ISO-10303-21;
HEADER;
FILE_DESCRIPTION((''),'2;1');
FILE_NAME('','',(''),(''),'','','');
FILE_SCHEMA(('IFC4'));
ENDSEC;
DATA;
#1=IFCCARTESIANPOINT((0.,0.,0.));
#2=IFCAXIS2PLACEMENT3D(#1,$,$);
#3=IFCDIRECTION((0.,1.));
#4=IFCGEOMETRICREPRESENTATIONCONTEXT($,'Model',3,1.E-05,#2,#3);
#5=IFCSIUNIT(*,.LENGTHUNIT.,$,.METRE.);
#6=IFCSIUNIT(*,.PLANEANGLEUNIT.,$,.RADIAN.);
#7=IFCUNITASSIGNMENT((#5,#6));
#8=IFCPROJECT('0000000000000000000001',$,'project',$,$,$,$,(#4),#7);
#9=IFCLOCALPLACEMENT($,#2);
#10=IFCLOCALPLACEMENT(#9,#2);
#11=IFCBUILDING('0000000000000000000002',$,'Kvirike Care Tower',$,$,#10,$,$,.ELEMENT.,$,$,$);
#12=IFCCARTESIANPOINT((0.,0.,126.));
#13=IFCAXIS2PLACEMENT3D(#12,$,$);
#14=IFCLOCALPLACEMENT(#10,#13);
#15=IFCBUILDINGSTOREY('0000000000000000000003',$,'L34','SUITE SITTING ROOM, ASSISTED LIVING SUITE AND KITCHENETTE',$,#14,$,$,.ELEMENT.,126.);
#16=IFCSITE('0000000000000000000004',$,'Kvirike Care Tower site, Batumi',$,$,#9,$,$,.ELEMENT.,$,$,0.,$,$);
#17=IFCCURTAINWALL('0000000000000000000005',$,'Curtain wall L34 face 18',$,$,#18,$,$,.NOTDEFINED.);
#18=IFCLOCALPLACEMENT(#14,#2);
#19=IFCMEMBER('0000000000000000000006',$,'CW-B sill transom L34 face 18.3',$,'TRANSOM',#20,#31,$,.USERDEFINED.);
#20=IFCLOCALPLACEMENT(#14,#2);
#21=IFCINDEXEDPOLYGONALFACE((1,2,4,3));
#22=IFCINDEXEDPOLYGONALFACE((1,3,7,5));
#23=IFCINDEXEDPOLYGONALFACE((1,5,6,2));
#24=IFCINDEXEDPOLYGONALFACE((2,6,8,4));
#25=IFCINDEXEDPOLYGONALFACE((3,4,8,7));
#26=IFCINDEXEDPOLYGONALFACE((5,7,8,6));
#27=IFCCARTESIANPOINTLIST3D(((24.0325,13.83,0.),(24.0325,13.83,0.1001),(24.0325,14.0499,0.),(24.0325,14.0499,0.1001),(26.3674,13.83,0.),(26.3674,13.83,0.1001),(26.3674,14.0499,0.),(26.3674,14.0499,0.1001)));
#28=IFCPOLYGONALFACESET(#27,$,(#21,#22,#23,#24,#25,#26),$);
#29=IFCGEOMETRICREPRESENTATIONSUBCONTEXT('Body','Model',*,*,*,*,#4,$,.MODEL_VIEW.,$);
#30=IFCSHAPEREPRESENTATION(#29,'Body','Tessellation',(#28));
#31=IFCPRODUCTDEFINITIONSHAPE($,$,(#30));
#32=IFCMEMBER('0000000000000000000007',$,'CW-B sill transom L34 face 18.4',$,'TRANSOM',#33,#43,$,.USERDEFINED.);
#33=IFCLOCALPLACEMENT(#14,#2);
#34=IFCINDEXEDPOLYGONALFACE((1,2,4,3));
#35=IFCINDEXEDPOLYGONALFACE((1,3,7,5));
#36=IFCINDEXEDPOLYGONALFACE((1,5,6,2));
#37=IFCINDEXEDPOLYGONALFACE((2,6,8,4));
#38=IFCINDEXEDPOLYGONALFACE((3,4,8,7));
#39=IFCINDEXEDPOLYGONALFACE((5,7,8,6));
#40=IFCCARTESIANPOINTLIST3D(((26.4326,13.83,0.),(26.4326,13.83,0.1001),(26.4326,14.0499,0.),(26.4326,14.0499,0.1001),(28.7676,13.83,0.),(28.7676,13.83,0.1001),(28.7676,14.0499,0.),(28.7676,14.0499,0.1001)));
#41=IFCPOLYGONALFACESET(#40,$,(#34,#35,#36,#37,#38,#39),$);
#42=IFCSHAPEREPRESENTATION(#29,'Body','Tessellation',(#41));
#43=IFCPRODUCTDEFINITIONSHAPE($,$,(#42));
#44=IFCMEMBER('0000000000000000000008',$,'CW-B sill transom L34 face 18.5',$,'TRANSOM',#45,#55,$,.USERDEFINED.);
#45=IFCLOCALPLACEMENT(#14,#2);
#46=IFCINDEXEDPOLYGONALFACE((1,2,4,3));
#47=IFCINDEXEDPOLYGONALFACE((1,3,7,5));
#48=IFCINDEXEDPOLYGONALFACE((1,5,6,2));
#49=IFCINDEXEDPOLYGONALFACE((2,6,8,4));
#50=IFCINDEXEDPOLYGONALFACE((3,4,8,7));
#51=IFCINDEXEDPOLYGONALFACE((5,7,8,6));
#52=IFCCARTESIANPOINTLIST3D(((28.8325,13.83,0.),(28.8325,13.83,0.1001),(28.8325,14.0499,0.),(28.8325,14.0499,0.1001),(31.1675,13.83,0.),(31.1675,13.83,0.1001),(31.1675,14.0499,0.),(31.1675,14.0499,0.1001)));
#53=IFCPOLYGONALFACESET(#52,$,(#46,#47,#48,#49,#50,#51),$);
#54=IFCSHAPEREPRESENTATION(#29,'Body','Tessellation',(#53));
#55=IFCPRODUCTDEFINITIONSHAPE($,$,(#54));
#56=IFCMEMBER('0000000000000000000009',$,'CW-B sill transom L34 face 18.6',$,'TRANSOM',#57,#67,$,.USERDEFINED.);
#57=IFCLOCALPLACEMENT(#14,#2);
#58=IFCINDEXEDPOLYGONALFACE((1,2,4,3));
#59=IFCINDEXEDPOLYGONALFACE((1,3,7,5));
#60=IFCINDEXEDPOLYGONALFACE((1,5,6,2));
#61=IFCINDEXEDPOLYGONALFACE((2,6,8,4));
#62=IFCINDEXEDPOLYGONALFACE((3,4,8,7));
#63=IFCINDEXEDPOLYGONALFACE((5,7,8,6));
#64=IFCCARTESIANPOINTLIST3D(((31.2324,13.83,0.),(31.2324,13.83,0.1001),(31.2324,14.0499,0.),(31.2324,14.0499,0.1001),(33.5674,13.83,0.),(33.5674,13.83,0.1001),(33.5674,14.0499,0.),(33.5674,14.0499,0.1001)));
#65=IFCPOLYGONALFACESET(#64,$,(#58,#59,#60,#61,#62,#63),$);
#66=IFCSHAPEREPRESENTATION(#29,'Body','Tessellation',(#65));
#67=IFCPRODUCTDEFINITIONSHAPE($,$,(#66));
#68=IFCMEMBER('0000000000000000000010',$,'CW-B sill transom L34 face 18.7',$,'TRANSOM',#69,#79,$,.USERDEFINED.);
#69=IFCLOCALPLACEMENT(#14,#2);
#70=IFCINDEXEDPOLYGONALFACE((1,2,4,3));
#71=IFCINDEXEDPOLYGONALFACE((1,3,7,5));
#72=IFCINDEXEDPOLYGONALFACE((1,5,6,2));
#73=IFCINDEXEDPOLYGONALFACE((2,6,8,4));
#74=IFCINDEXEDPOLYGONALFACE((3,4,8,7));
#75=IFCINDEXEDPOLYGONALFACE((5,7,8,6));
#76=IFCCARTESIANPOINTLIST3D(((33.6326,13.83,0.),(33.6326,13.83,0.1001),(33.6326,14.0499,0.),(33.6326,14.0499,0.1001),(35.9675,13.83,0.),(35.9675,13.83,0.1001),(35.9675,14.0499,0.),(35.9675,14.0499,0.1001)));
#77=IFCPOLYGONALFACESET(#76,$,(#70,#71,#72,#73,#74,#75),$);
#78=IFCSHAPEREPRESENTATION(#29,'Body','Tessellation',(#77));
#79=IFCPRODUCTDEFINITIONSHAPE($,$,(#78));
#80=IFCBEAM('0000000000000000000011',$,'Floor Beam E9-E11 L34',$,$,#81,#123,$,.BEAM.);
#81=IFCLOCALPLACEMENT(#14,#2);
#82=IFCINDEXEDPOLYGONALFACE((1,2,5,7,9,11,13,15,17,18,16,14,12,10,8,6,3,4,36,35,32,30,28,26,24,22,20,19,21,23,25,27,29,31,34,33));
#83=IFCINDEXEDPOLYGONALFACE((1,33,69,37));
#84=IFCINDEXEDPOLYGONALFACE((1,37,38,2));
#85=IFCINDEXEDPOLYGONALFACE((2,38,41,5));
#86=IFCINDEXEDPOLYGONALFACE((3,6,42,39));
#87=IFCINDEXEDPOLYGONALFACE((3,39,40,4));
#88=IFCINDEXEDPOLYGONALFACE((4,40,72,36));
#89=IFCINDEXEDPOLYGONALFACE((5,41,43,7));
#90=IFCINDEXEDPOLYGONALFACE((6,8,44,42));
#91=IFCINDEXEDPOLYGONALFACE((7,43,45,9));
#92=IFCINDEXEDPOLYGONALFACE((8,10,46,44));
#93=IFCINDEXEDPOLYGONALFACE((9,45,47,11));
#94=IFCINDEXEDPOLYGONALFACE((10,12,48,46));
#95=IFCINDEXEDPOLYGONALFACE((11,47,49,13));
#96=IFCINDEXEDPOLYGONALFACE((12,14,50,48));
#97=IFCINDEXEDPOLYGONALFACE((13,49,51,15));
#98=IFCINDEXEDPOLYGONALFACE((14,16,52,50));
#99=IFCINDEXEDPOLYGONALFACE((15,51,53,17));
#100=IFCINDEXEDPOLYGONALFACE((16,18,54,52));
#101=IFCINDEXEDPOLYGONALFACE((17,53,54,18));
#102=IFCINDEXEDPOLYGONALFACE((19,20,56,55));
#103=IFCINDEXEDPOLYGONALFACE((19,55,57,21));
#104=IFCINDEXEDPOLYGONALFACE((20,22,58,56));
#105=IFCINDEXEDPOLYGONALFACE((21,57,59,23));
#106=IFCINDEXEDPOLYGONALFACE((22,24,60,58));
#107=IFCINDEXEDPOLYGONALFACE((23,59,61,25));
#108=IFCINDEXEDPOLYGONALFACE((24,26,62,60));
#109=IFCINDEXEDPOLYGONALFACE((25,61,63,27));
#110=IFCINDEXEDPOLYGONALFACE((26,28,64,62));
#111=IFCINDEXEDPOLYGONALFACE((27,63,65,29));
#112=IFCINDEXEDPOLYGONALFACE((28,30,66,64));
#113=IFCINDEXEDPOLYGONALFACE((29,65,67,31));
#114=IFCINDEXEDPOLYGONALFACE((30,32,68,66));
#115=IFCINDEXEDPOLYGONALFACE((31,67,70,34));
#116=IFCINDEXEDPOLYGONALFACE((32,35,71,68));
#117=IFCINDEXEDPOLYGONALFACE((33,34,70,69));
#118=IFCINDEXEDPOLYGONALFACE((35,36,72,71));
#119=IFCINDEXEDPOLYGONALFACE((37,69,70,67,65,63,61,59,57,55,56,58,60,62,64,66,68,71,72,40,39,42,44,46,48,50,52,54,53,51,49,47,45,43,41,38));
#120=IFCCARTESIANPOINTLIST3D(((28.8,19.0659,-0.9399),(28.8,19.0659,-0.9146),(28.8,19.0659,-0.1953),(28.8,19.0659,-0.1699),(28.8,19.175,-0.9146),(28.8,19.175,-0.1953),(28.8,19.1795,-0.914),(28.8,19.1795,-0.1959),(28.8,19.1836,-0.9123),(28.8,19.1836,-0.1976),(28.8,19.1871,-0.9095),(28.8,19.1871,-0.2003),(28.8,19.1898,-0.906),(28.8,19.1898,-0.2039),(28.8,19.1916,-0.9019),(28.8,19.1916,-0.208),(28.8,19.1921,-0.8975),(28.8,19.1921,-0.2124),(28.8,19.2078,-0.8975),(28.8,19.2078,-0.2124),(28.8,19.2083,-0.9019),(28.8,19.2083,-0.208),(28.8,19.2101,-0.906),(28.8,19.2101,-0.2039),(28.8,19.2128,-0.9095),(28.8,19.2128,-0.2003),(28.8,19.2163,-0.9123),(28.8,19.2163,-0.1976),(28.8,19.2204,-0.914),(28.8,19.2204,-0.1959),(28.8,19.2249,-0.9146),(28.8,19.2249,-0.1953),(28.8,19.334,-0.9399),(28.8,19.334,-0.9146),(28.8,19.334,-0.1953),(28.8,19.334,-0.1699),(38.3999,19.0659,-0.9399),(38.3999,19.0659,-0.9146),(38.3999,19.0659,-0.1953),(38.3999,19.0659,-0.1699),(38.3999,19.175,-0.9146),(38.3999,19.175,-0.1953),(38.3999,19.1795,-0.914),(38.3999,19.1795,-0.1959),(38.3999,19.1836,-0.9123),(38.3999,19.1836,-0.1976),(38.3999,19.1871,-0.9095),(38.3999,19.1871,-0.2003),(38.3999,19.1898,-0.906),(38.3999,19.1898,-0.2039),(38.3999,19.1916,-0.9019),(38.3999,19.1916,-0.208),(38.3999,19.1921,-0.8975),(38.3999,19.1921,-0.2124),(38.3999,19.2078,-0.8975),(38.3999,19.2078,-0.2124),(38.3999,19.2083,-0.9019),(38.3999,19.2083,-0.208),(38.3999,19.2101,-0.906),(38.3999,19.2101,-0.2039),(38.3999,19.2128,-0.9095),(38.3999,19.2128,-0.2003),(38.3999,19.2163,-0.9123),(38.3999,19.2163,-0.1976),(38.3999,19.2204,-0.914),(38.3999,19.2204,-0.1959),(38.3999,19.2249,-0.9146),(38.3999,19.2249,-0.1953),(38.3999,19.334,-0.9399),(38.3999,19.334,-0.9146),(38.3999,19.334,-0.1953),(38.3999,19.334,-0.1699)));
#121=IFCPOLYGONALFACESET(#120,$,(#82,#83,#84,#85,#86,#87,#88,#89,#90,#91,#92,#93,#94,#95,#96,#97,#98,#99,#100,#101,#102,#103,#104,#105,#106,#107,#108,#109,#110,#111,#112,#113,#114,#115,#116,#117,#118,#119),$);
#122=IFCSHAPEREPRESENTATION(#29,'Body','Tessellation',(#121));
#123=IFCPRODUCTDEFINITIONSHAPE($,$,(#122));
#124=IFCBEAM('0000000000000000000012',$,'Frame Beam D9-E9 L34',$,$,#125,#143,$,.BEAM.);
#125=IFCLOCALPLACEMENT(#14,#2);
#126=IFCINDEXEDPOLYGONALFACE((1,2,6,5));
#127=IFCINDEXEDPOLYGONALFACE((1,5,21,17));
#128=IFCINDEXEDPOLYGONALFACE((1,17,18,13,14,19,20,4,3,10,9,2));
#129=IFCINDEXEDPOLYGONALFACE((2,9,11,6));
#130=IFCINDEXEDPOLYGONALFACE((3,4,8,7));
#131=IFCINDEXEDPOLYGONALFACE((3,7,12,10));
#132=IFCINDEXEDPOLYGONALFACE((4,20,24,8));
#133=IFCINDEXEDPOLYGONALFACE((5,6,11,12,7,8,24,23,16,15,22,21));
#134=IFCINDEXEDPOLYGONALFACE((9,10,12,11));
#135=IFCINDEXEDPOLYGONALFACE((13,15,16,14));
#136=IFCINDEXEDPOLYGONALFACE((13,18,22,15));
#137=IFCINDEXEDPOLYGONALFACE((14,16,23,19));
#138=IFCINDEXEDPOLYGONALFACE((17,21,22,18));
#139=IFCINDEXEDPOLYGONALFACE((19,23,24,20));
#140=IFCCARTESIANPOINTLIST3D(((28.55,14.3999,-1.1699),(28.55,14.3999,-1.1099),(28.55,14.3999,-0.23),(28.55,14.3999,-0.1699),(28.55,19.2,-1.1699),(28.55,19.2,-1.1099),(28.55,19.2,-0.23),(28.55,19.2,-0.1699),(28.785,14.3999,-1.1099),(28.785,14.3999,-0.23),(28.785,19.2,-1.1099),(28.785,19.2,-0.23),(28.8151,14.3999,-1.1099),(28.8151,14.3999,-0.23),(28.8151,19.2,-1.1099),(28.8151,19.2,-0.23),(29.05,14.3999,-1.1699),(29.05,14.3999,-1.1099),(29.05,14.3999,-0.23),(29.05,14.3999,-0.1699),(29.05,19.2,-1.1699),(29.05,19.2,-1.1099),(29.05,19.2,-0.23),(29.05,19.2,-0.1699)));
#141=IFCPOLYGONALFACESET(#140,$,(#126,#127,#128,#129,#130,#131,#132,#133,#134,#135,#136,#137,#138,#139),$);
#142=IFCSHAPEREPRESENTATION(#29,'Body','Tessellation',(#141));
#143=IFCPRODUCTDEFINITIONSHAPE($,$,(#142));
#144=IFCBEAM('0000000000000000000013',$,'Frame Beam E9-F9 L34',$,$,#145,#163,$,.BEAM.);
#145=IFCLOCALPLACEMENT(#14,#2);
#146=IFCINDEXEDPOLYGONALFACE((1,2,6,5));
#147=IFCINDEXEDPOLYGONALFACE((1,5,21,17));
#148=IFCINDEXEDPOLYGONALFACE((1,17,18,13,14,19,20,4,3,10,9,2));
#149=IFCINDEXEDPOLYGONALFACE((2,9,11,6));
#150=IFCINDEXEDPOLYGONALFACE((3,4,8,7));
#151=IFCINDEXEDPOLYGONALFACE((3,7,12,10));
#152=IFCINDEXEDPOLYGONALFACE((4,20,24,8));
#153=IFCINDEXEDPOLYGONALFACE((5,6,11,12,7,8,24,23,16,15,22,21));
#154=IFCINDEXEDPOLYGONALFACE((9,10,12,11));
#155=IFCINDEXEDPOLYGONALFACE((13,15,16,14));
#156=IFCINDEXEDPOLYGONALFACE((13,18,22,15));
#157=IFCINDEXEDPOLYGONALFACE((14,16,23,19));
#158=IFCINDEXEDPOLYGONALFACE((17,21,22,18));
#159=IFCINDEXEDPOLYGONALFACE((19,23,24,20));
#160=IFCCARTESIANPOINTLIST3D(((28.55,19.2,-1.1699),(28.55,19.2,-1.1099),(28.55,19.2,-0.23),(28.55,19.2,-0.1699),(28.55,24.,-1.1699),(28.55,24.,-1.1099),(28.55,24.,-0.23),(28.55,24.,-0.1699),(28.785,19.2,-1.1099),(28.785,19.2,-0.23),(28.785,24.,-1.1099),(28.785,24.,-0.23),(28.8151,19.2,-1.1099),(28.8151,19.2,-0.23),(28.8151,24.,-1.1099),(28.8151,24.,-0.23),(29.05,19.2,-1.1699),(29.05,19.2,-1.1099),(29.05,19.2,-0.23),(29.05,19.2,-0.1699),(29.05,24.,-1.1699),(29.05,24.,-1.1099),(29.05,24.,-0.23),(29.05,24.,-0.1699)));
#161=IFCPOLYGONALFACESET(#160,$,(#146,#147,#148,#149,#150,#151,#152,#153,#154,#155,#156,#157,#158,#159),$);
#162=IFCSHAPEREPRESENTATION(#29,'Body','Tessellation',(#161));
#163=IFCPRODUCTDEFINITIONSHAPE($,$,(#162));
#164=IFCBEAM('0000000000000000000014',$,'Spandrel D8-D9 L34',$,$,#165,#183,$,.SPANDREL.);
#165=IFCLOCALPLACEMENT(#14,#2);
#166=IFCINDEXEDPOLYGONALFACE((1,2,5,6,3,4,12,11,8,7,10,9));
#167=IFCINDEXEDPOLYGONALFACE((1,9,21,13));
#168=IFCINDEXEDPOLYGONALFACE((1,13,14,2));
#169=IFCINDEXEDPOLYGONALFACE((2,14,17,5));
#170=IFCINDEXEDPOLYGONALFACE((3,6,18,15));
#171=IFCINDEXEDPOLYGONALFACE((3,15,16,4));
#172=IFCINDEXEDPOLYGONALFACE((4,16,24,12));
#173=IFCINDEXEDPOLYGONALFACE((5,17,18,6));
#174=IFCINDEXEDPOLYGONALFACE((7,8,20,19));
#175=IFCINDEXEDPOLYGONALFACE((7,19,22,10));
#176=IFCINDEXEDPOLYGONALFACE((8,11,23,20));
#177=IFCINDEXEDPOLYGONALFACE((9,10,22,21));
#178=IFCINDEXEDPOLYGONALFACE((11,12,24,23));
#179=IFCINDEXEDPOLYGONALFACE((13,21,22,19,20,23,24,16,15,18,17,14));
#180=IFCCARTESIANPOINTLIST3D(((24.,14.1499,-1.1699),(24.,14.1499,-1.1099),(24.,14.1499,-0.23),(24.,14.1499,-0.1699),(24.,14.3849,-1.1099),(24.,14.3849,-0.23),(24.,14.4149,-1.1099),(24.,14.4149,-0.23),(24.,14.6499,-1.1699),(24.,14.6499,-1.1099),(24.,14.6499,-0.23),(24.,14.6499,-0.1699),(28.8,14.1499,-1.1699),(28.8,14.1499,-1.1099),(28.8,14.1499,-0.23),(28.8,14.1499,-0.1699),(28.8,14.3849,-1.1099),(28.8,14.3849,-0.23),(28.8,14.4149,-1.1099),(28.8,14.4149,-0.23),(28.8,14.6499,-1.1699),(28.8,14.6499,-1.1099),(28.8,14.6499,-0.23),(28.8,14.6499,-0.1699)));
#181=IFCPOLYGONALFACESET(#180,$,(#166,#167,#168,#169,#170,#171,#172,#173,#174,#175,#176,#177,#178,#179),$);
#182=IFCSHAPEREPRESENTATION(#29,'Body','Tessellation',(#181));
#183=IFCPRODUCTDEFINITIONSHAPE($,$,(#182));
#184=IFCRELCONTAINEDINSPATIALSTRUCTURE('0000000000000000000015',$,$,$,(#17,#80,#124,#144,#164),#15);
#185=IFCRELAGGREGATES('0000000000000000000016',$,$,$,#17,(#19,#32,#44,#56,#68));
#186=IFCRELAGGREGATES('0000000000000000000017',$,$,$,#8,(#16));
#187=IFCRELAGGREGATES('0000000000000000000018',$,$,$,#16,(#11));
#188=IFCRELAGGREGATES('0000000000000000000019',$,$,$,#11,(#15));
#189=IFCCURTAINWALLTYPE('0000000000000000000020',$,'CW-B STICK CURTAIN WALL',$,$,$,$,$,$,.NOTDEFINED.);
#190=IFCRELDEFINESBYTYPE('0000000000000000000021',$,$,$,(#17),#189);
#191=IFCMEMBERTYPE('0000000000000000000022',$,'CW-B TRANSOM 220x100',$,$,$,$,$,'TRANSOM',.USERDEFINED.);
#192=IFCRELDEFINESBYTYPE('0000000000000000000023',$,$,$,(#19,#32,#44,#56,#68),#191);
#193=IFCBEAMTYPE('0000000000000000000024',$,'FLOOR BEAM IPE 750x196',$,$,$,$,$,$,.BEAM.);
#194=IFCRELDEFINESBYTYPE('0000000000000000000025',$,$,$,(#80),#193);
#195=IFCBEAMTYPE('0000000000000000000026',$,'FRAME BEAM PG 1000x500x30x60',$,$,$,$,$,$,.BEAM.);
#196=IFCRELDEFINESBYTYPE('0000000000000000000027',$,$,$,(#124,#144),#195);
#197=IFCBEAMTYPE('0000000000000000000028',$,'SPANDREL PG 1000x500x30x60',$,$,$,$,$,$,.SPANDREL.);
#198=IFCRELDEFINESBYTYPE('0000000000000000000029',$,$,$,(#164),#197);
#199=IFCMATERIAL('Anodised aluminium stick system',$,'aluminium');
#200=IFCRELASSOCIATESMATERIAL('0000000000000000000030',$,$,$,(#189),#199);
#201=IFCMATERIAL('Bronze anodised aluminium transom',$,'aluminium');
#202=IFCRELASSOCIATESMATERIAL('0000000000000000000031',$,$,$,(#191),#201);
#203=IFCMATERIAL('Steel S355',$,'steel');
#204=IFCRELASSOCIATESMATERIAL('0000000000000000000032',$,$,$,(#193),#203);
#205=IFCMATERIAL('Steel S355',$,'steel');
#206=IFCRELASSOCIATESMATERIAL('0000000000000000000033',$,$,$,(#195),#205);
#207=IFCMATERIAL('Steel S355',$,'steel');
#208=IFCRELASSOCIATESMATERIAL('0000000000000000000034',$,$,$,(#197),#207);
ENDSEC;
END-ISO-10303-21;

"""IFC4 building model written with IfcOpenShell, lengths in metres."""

from ifc_helpers import new_model, si_unit, direction, frame, origin, origin_2d, place, context, subcontext, project, spatial, rectangle, i_section, extrude, material, material_profile, profile_set, type_object, element, aggregate, save


model = new_model("IFC4")

# Units and contexts
model_context = context("Model", 3, precision=1e-05, world=origin(), true_north=direction((0.0, 1.0)))
body_context = subcontext(model_context, "Body", "Model", "MODEL_VIEW")
ifc_project = project(units=[si_unit("LENGTHUNIT", "METRE"), si_unit("PLANEANGLEUNIT", "RADIAN")], contexts=[model_context])

# Site, building, storey
site_placement = place(None, origin())
site = spatial("IfcSite", under=ifc_project, at=site_placement, Name="Kvirike Care Tower site, Batumi", CompositionType="ELEMENT", RefElevation=0.0)
building_placement = place(site_placement, origin())
building = spatial("IfcBuilding", under=site, at=building_placement, Name="Kvirike Care Tower", CompositionType="ELEMENT")
storey_placement = place(building_placement, frame((0.0, 0.0, 126.0)))
storey = spatial("IfcBuildingStorey", under=building, at=storey_placement, Name="L34", Description="SUITE SITTING ROOM, ASSISTED LIVING SUITE AND KITCHENETTE", CompositionType="ELEMENT", Elevation=126.0)

# Curtain wall, members
ifc_material_1 = material(Name="Anodised aluminium stick system", Category="aluminium")
curtain_wall_type = type_object("IfcCurtainWallType", Name="CW-B STICK CURTAIN WALL", PredefinedType="NOTDEFINED", material=ifc_material_1)
curtain_wall_placement = place(storey_placement, origin())
curtain_wall = element("IfcCurtainWall", 1, at=curtain_wall_placement, inside=storey, type_object=curtain_wall_type, Name="Curtain wall L34 face 18", PredefinedType="NOTDEFINED")
ifc_material_2 = material(Name="Bronze anodised aluminium transom", Category="aluminium")
ifc_material_profile_1 = material_profile(ifc_material_2, rectangle(XDim=0.22, YDim=0.1001, at=origin_2d()), Name="CW-B TRANSOM 220x100")
ifc_profile_set_1 = profile_set([ifc_material_profile_1], Name="Bronze anodised aluminium transom")
member_type_1 = type_object("IfcMemberType", Name="CW-B TRANSOM 220x100", ElementType="TRANSOM", PredefinedType="USERDEFINED", material=ifc_profile_set_1)
member_1_placement = place(storey_placement, frame((24.0325, 13.9399, 0.05), z_axis=(1.0, 0.0, 0.0), x_axis=(0.0, 1.0, 0.0)))
member_1 = element("IfcMember", 2, at=member_1_placement, type_object=member_type_1, Name="CW-B sill transom L34 face 18.3", ObjectType="TRANSOM", PredefinedType="USERDEFINED", context=body_context, shape_type="SweptSolid", body=[
    extrude(rectangle(XDim=0.22, YDim=0.1001, at=origin_2d()), origin(), (0.0, 0.0, 1.0), 2.335),
])
member_2_placement = place(storey_placement, frame((26.4326, 13.9399, 0.05), z_axis=(1.0, 0.0, 0.0), x_axis=(0.0, 1.0, 0.0)))
member_2 = element("IfcMember", 3, at=member_2_placement, type_object=member_type_1, Name="CW-B sill transom L34 face 18.4", ObjectType="TRANSOM", PredefinedType="USERDEFINED", context=body_context, shape_type="SweptSolid", body=[
    extrude(rectangle(XDim=0.22, YDim=0.1001, at=origin_2d()), origin(), (0.0, 0.0, 1.0), 2.335),
])
member_3_placement = place(storey_placement, frame((28.8325, 13.9399, 0.05), z_axis=(1.0, 0.0, 0.0), x_axis=(0.0, 1.0, 0.0)))
member_3 = element("IfcMember", 4, at=member_3_placement, type_object=member_type_1, Name="CW-B sill transom L34 face 18.5", ObjectType="TRANSOM", PredefinedType="USERDEFINED", context=body_context, shape_type="SweptSolid", body=[
    extrude(rectangle(XDim=0.22, YDim=0.1001, at=origin_2d()), origin(), (0.0, 0.0, 1.0), 2.335),
])
member_4_placement = place(storey_placement, frame((31.2324, 13.9399, 0.05), z_axis=(1.0, 0.0, 0.0), x_axis=(0.0, 1.0, 0.0)))
member_4 = element("IfcMember", 5, at=member_4_placement, type_object=member_type_1, Name="CW-B sill transom L34 face 18.6", ObjectType="TRANSOM", PredefinedType="USERDEFINED", context=body_context, shape_type="SweptSolid", body=[
    extrude(rectangle(XDim=0.22, YDim=0.1001, at=origin_2d()), origin(), (0.0, 0.0, 1.0), 2.335),
])
member_5_placement = place(storey_placement, frame((33.6326, 13.9399, 0.05), z_axis=(1.0, 0.0, 0.0), x_axis=(0.0, 1.0, 0.0)))
member_5 = element("IfcMember", 6, at=member_5_placement, type_object=member_type_1, Name="CW-B sill transom L34 face 18.7", ObjectType="TRANSOM", PredefinedType="USERDEFINED", context=body_context, shape_type="SweptSolid", body=[
    extrude(rectangle(XDim=0.22, YDim=0.1001, at=origin_2d()), origin(), (0.0, 0.0, 1.0), 2.335),
])

# Beams
ifc_material_3 = material(Name="Steel S355", Category="steel")
ifc_material_profile_2 = material_profile(ifc_material_3, i_section(OverallWidth=0.2681, OverallDepth=0.77, WebThickness=0.0156, FlangeThickness=0.0254, FilletRadius=0.0171, at=origin_2d()), Name="IPE 750x196")
ifc_profile_set_2 = profile_set([ifc_material_profile_2], Name="Steel S355")
beam_type_1 = type_object("IfcBeamType", Name="FLOOR BEAM IPE 750x196", PredefinedType="BEAM", material=ifc_profile_set_2)
beam_1_placement = place(storey_placement, frame((28.8, 19.2, -0.5549), z_axis=(1.0, 0.0, 0.0), x_axis=(0.0, 1.0, 0.0)))
element("IfcBeam", 7, at=beam_1_placement, inside=storey, type_object=beam_type_1, Name="Floor Beam E9-E11 L34", PredefinedType="BEAM", context=body_context, shape_type="SweptSolid", body=[
    extrude(i_section(OverallWidth=0.2681, OverallDepth=0.77, WebThickness=0.0156, FlangeThickness=0.0254, FilletRadius=0.0171, at=origin_2d()), origin(), (0.0, 0.0, 1.0), 9.5999),
])
ifc_material_4 = material(Name="Steel S355", Category="steel")
ifc_material_profile_3 = material_profile(ifc_material_4, i_section(OverallWidth=0.5, OverallDepth=1.0, WebThickness=0.03, FlangeThickness=0.0601, at=origin_2d()), Name="PG 1000x500x30x60")
ifc_profile_set_3 = profile_set([ifc_material_profile_3], Name="Steel S355")
beam_type_2 = type_object("IfcBeamType", Name="FRAME BEAM PG 1000x500x30x60", PredefinedType="BEAM", material=ifc_profile_set_3)
for number, where, z_axis, x_axis, name in (
    (8, (28.8, 14.3999, -0.6699), (0.0, 1.0, 0.0), (-1.0, 0.0, 0.0), "Frame Beam D9-E9 L34"),
    (9, (28.8, 19.2, -0.6699), (0.0, 1.0, 0.0), (-1.0, 0.0, 0.0), "Frame Beam E9-F9 L34"),
):
    element("IfcBeam", number, at=place(storey_placement, frame(where, z_axis=z_axis, x_axis=x_axis)), inside=storey, type_object=beam_type_2, Name=name, PredefinedType="BEAM", context=body_context, shape_type="SweptSolid", body=[
        extrude(i_section(OverallWidth=0.5, OverallDepth=1.0, WebThickness=0.03, FlangeThickness=0.0601, at=origin_2d()), origin(), (0.0, 0.0, 1.0), 4.8),
    ])
ifc_material_5 = material(Name="Steel S355", Category="steel")
ifc_material_profile_4 = material_profile(ifc_material_5, i_section(OverallWidth=0.5, OverallDepth=1.0, WebThickness=0.03, FlangeThickness=0.0601, at=origin_2d()), Name="PG 1000x500x30x60")
ifc_profile_set_4 = profile_set([ifc_material_profile_4], Name="Steel S355")
beam_type_3 = type_object("IfcBeamType", Name="SPANDREL PG 1000x500x30x60", PredefinedType="SPANDREL", material=ifc_profile_set_4)
for number, where, z_axis, x_axis, name in (
    (10, (24.0, 14.3999, -0.6699), (1.0, 0.0, 0.0), (0.0, 1.0, 0.0), "Spandrel D8-D9 L34"),
):
    element("IfcBeam", number, at=place(storey_placement, frame(where, z_axis=z_axis, x_axis=x_axis)), inside=storey, type_object=beam_type_3, Name=name, PredefinedType="SPANDREL", context=body_context, shape_type="SweptSolid", body=[
        extrude(i_section(OverallWidth=0.5, OverallDepth=1.0, WebThickness=0.03, FlangeThickness=0.0601, at=origin_2d()), origin(), (0.0, 0.0, 1.0), 4.8),
    ])

aggregate(curtain_wall, [member_1, member_2, member_3, member_4, member_5])

save(model, "model.ifc")
